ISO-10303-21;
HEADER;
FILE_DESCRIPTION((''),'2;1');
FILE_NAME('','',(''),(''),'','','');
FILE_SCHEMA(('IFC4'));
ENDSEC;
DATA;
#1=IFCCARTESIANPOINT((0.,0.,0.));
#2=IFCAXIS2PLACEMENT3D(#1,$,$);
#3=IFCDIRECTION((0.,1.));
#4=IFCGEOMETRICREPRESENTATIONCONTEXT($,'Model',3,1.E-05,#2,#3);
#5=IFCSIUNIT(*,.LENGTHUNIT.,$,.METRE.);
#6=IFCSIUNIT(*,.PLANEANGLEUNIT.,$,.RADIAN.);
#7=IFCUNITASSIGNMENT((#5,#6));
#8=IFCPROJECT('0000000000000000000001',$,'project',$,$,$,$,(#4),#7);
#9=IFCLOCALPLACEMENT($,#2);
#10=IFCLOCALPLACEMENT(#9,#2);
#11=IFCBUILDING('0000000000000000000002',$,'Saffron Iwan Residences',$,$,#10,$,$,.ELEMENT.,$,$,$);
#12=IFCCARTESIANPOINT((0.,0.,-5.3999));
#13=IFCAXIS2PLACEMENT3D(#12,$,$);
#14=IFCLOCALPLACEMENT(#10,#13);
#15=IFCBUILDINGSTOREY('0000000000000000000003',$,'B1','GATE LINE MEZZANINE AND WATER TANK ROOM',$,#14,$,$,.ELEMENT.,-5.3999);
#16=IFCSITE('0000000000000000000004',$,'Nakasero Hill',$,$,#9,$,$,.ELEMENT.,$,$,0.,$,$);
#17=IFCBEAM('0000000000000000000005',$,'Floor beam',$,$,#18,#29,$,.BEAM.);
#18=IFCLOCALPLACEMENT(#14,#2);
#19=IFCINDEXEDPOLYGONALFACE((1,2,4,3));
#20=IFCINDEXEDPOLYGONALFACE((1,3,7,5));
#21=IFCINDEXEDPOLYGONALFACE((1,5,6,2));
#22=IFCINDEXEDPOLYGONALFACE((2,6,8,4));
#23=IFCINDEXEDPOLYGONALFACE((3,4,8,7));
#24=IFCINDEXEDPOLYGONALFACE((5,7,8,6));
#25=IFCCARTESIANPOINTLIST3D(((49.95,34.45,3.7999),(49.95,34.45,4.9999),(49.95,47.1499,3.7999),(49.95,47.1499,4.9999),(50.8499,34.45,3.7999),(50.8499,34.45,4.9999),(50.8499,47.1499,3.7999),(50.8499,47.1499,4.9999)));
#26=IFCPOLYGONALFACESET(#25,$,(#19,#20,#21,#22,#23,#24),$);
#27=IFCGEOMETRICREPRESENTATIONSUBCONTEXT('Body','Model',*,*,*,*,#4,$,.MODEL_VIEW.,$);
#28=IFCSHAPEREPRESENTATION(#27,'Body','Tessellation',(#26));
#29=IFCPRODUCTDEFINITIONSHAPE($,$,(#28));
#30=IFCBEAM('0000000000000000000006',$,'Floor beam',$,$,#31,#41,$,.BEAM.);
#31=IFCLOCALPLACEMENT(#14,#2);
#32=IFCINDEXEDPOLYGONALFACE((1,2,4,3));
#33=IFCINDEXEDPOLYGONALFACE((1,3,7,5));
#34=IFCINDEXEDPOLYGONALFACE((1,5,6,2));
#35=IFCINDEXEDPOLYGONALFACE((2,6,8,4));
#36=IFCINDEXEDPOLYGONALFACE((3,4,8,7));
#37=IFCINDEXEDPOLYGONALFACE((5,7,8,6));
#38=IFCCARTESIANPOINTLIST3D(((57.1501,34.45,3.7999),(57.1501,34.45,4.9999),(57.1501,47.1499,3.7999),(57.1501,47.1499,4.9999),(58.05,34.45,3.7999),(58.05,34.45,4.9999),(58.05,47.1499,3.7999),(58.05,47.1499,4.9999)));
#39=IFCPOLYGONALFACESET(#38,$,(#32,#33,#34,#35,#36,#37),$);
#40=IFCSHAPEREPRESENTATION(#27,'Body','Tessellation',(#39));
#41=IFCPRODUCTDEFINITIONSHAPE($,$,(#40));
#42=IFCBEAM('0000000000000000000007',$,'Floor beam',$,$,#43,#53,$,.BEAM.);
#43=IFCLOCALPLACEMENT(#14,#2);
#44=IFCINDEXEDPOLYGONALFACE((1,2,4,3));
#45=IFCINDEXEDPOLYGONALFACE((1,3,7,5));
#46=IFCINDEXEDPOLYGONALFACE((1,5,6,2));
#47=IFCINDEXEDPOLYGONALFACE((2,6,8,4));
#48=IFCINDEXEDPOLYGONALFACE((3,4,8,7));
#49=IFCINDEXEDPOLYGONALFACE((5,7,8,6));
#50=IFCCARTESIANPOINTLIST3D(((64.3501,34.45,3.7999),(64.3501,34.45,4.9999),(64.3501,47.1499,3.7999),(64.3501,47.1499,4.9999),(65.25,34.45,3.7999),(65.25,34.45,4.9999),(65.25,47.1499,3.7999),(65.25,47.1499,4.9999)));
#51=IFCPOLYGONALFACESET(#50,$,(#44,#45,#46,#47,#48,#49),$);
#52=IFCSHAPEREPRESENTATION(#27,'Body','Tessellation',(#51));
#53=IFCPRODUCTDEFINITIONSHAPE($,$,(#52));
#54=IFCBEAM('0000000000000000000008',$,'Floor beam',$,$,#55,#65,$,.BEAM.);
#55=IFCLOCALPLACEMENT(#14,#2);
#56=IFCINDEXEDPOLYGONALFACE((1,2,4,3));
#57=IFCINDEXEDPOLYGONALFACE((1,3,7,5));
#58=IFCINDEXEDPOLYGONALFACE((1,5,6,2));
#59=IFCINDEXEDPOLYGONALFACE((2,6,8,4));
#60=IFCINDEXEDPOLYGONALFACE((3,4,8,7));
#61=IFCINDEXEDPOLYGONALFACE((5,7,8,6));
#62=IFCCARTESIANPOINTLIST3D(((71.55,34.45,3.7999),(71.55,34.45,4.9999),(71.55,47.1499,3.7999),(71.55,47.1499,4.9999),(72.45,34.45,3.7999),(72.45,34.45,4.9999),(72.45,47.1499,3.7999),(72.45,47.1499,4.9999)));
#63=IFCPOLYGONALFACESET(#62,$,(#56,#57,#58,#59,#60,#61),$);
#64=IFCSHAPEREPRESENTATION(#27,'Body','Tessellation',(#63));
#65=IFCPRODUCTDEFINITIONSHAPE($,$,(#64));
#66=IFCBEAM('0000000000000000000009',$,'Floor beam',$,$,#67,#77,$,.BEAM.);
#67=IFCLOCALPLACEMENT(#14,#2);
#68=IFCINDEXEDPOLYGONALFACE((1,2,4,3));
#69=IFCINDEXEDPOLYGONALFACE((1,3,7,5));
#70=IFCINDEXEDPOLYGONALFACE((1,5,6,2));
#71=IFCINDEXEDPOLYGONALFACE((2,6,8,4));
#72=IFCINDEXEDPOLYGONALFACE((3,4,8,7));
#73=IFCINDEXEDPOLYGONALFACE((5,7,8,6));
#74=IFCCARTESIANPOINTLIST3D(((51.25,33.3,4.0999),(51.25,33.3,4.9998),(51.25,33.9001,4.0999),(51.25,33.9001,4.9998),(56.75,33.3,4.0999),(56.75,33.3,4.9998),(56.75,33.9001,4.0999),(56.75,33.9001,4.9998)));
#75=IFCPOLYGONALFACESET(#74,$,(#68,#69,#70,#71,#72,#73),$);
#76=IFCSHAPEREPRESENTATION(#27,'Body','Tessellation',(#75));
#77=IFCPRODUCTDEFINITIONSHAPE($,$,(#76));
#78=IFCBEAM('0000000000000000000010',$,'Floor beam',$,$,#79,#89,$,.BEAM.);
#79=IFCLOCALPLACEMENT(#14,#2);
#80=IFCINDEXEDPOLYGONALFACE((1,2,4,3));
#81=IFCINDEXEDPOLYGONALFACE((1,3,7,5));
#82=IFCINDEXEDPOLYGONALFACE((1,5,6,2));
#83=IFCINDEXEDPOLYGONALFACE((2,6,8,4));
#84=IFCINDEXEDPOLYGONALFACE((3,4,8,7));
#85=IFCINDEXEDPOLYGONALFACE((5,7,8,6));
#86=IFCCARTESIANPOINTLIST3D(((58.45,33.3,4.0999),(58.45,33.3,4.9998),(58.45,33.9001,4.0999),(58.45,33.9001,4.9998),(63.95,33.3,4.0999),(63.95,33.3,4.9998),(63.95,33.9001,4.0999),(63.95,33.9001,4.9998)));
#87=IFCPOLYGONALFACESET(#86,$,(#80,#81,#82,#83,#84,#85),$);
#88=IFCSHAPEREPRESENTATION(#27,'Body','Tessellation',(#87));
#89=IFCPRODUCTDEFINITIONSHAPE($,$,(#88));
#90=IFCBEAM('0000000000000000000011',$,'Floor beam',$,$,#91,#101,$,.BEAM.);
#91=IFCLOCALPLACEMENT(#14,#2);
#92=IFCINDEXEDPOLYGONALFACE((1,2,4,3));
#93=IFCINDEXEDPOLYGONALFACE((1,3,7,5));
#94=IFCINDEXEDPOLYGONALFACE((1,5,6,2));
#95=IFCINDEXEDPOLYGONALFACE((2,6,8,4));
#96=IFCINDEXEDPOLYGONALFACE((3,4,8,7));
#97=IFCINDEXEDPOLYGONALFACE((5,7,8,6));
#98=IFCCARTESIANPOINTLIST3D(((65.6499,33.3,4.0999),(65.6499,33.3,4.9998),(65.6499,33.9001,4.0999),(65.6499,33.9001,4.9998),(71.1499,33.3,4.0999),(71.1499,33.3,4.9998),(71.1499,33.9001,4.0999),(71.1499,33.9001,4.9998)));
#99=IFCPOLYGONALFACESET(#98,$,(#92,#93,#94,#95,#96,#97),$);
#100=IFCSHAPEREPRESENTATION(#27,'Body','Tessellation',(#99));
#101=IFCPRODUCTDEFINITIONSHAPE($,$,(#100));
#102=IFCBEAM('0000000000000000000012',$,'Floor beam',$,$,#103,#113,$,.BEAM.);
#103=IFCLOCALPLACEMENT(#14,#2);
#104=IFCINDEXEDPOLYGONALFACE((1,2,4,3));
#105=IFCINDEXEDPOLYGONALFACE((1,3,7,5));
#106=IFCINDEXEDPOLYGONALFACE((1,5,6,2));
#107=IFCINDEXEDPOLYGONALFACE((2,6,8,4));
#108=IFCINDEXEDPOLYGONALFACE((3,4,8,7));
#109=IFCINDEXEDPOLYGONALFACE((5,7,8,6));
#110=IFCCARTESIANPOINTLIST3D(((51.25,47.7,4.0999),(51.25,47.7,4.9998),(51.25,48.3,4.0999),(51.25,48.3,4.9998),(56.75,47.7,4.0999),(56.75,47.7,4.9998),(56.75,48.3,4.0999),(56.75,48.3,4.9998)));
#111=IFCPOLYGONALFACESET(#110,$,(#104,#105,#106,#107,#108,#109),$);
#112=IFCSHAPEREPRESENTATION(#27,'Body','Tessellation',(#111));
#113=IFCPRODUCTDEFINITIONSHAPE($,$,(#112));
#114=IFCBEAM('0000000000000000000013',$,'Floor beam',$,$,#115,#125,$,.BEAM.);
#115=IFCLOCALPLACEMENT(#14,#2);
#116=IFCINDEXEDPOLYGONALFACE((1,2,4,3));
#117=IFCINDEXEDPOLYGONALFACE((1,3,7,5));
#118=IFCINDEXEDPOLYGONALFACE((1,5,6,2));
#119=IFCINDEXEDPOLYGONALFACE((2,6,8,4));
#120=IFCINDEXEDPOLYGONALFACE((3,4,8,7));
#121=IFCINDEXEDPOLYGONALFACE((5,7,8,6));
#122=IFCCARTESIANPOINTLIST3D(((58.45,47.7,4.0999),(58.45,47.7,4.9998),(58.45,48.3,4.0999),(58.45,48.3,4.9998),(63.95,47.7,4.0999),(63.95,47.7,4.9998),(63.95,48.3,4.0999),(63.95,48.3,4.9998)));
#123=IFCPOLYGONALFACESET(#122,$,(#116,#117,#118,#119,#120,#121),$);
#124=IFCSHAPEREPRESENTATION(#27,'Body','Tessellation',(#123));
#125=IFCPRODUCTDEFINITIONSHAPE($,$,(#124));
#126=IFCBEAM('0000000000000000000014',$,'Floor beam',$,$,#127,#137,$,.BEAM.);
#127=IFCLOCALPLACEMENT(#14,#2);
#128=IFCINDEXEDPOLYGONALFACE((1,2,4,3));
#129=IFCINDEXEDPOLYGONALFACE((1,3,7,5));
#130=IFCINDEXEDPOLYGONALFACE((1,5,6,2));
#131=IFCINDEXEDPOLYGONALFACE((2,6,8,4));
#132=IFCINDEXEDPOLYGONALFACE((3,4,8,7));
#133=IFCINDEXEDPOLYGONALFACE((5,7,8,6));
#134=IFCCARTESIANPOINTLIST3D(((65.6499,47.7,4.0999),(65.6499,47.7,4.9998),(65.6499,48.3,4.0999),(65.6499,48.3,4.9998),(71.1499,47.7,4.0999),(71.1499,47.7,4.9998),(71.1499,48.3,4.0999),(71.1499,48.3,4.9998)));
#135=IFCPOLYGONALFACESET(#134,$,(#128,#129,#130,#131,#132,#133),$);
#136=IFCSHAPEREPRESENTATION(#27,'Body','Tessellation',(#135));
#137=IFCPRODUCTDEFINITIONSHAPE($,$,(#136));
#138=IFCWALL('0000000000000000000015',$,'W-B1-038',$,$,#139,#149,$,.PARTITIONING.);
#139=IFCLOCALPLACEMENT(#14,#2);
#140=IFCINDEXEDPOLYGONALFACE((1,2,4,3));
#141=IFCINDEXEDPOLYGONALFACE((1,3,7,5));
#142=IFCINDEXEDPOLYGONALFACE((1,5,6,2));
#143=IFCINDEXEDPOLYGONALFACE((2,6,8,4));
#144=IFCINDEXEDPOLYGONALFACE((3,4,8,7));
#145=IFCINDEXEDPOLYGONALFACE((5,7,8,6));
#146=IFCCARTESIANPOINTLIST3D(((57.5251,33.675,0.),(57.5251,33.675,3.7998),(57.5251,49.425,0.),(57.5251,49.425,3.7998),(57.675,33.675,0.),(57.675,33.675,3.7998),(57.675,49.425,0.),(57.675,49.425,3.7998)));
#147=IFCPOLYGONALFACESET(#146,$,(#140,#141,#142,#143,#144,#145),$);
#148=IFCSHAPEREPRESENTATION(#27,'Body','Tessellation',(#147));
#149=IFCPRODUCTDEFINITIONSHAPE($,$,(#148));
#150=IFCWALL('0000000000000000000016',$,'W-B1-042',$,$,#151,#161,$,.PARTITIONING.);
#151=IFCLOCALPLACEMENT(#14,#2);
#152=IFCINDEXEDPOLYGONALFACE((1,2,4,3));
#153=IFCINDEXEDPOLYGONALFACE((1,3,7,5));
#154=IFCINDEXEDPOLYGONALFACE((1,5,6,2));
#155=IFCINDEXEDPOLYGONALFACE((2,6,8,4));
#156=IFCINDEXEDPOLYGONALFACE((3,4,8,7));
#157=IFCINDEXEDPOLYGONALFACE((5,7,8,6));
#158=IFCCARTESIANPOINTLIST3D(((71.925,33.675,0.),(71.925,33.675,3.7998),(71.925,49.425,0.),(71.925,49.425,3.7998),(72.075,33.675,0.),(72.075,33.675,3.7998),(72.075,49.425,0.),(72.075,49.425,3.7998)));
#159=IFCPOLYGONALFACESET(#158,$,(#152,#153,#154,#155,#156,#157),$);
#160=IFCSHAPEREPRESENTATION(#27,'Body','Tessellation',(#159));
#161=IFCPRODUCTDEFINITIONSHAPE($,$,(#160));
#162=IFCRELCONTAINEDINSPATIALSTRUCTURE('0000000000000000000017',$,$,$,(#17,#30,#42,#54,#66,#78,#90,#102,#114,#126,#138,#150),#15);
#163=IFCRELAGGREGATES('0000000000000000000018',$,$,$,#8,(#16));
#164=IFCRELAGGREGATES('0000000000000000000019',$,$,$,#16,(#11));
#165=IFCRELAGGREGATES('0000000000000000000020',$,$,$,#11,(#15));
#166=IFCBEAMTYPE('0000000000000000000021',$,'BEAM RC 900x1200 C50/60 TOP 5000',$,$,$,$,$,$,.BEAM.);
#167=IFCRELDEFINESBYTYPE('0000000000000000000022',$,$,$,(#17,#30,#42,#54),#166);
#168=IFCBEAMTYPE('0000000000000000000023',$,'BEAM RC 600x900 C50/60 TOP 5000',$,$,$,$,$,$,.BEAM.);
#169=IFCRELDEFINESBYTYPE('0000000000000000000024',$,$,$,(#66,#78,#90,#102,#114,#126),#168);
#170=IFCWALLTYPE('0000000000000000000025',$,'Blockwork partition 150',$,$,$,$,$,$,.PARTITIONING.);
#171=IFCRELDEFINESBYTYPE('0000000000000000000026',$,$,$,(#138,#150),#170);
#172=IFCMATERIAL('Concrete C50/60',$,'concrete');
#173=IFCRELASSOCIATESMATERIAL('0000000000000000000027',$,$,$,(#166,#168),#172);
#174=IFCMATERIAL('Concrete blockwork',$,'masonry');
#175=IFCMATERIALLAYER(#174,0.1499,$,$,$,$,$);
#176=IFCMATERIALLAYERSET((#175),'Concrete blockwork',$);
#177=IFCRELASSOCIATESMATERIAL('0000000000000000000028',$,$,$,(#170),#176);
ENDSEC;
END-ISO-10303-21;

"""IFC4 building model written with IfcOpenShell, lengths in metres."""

from ifc_helpers import new_model, si_unit, direction, frame, frame_2d, origin, origin_2d, place, context, subcontext, project, spatial, rectangle, extrude, source, transform, mapped, material, layer, layer_set, material_profile, profile_set, type_object, element, save


model = new_model("IFC4")

# Units and contexts
model_context = context("Model", 3, precision=1e-05, world=origin(), true_north=direction((0.0, 1.0)))
body_context = subcontext(model_context, "Body", "Model", "MODEL_VIEW")
ifc_project = project(units=[si_unit("LENGTHUNIT", "METRE"), si_unit("PLANEANGLEUNIT", "RADIAN")], contexts=[model_context])

# Site, building, storey
site_placement = place(None, origin())
site = spatial("IfcSite", under=ifc_project, at=site_placement, Name="Nakasero Hill", CompositionType="ELEMENT", RefElevation=0.0)
building_placement = place(site_placement, origin())
building = spatial("IfcBuilding", under=site, at=building_placement, Name="Saffron Iwan Residences", CompositionType="ELEMENT")
storey_placement = place(building_placement, frame((0.0, 0.0, -5.3999)))
storey = spatial("IfcBuildingStorey", under=building, at=storey_placement, Name="B1", Description="GATE LINE MEZZANINE AND WATER TANK ROOM", CompositionType="ELEMENT", Elevation=-5.3999)

# Shared definitions
ifc_material_1 = material(Name="Concrete C50/60", Category="concrete")

# Beams
ifc_material_profile_1 = material_profile(ifc_material_1, rectangle(XDim=0.8999, YDim=1.2, at=origin_2d()), Name="RC 900x1200")
ifc_profile_set_1 = profile_set([ifc_material_profile_1], Name="Concrete C50/60")
beam_type_1 = type_object("IfcBeamType", Name="BEAM RC 900x1200 C50/60 TOP 5000", PredefinedType="BEAM", material=ifc_profile_set_1)
shared_shape_1 = source(origin(), body_context, "Body", "SweptSolid", [
    extrude(rectangle(XDim=0.8999, YDim=1.2, at=origin_2d()), origin(), (0.0, 0.0, 1.0), 12.7),
])
for number, where, z_axis, x_axis, name in (
    (1, (50.3999, 34.45, 4.3999), (0.0, 1.0, 0.0), (-1.0, 0.0, 0.0), "Floor beam"),
    (2, (57.6001, 34.45, 4.3999), (0.0, 1.0, 0.0), (-1.0, 0.0, 0.0), "Floor beam"),
    (3, (64.8, 34.45, 4.3999), (0.0, 1.0, 0.0), (-1.0, 0.0, 0.0), "Floor beam"),
    (4, (72.0, 34.45, 4.3999), (0.0, 1.0, 0.0), (-1.0, 0.0, 0.0), "Floor beam"),
):
    element("IfcBeam", number, at=place(storey_placement, frame(where, z_axis=z_axis, x_axis=x_axis)), inside=storey, type_object=beam_type_1, Name=name, PredefinedType="BEAM", context=body_context, shape_type="MappedRepresentation", body=[
        mapped(shared_shape_1, transform((0.0, 0.0, 0.0))),
    ])
ifc_material_profile_2 = material_profile(ifc_material_1, rectangle(XDim=0.6001, YDim=0.8999, at=origin_2d()), Name="RC 600x900")
ifc_profile_set_2 = profile_set([ifc_material_profile_2], Name="Concrete C50/60")
beam_type_2 = type_object("IfcBeamType", Name="BEAM RC 600x900 C50/60 TOP 5000", PredefinedType="BEAM", material=ifc_profile_set_2)
shared_shape_2 = source(origin(), body_context, "Body", "SweptSolid", [
    extrude(rectangle(XDim=0.6001, YDim=0.8999, at=origin_2d()), origin(), (0.0, 0.0, 1.0), 5.5),
])
for number, where, z_axis, x_axis, name in (
    (5, (51.25, 33.6001, 4.5498), (1.0, 0.0, 0.0), (0.0, 1.0, 0.0), "Floor beam"),
    (6, (58.45, 33.6001, 4.5498), (1.0, 0.0, 0.0), (0.0, 1.0, 0.0), "Floor beam"),
    (7, (65.6499, 33.6001, 4.5498), (1.0, 0.0, 0.0), (0.0, 1.0, 0.0), "Floor beam"),
    (8, (51.25, 48.0, 4.5498), (1.0, 0.0, 0.0), (0.0, 1.0, 0.0), "Floor beam"),
    (9, (58.45, 48.0, 4.5498), (1.0, 0.0, 0.0), (0.0, 1.0, 0.0), "Floor beam"),
    (10, (65.6499, 48.0, 4.5498), (1.0, 0.0, 0.0), (0.0, 1.0, 0.0), "Floor beam"),
):
    element("IfcBeam", number, at=place(storey_placement, frame(where, z_axis=z_axis, x_axis=x_axis)), inside=storey, type_object=beam_type_2, Name=name, PredefinedType="BEAM", context=body_context, shape_type="MappedRepresentation", body=[
        mapped(shared_shape_2, transform((0.0, 0.0, 0.0))),
    ])

# Walls
ifc_material_2 = material(Name="Concrete blockwork", Category="masonry")
ifc_layer = layer(ifc_material_2, 0.1499)
ifc_layer_set = layer_set([ifc_layer], Name="Concrete blockwork")
wall_type = type_object("IfcWallType", Name="Blockwork partition 150", PredefinedType="PARTITIONING", material=ifc_layer_set)
for number, where, z_axis, x_axis, name in (
    (11, (57.6001, 33.675, 0.0), (0.0, 0.0, 1.0), (0.0, 1.0, 0.0), "W-B1-038"),
    (12, (72.0, 33.675, 0.0), (0.0, 0.0, 1.0), (0.0, 1.0, 0.0), "W-B1-042"),
):
    element("IfcWall", number, at=place(storey_placement, frame(where, z_axis=z_axis, x_axis=x_axis)), inside=storey, type_object=wall_type, Name=name, PredefinedType="PARTITIONING", context=body_context, shape_type="SweptSolid", body=[
        extrude(rectangle(XDim=15.75, YDim=0.1499, at=frame_2d((7.875, 0.0))), origin(), (0.0, 0.0, 1.0), 3.7998),
    ])

save(model, "model.ifc")
